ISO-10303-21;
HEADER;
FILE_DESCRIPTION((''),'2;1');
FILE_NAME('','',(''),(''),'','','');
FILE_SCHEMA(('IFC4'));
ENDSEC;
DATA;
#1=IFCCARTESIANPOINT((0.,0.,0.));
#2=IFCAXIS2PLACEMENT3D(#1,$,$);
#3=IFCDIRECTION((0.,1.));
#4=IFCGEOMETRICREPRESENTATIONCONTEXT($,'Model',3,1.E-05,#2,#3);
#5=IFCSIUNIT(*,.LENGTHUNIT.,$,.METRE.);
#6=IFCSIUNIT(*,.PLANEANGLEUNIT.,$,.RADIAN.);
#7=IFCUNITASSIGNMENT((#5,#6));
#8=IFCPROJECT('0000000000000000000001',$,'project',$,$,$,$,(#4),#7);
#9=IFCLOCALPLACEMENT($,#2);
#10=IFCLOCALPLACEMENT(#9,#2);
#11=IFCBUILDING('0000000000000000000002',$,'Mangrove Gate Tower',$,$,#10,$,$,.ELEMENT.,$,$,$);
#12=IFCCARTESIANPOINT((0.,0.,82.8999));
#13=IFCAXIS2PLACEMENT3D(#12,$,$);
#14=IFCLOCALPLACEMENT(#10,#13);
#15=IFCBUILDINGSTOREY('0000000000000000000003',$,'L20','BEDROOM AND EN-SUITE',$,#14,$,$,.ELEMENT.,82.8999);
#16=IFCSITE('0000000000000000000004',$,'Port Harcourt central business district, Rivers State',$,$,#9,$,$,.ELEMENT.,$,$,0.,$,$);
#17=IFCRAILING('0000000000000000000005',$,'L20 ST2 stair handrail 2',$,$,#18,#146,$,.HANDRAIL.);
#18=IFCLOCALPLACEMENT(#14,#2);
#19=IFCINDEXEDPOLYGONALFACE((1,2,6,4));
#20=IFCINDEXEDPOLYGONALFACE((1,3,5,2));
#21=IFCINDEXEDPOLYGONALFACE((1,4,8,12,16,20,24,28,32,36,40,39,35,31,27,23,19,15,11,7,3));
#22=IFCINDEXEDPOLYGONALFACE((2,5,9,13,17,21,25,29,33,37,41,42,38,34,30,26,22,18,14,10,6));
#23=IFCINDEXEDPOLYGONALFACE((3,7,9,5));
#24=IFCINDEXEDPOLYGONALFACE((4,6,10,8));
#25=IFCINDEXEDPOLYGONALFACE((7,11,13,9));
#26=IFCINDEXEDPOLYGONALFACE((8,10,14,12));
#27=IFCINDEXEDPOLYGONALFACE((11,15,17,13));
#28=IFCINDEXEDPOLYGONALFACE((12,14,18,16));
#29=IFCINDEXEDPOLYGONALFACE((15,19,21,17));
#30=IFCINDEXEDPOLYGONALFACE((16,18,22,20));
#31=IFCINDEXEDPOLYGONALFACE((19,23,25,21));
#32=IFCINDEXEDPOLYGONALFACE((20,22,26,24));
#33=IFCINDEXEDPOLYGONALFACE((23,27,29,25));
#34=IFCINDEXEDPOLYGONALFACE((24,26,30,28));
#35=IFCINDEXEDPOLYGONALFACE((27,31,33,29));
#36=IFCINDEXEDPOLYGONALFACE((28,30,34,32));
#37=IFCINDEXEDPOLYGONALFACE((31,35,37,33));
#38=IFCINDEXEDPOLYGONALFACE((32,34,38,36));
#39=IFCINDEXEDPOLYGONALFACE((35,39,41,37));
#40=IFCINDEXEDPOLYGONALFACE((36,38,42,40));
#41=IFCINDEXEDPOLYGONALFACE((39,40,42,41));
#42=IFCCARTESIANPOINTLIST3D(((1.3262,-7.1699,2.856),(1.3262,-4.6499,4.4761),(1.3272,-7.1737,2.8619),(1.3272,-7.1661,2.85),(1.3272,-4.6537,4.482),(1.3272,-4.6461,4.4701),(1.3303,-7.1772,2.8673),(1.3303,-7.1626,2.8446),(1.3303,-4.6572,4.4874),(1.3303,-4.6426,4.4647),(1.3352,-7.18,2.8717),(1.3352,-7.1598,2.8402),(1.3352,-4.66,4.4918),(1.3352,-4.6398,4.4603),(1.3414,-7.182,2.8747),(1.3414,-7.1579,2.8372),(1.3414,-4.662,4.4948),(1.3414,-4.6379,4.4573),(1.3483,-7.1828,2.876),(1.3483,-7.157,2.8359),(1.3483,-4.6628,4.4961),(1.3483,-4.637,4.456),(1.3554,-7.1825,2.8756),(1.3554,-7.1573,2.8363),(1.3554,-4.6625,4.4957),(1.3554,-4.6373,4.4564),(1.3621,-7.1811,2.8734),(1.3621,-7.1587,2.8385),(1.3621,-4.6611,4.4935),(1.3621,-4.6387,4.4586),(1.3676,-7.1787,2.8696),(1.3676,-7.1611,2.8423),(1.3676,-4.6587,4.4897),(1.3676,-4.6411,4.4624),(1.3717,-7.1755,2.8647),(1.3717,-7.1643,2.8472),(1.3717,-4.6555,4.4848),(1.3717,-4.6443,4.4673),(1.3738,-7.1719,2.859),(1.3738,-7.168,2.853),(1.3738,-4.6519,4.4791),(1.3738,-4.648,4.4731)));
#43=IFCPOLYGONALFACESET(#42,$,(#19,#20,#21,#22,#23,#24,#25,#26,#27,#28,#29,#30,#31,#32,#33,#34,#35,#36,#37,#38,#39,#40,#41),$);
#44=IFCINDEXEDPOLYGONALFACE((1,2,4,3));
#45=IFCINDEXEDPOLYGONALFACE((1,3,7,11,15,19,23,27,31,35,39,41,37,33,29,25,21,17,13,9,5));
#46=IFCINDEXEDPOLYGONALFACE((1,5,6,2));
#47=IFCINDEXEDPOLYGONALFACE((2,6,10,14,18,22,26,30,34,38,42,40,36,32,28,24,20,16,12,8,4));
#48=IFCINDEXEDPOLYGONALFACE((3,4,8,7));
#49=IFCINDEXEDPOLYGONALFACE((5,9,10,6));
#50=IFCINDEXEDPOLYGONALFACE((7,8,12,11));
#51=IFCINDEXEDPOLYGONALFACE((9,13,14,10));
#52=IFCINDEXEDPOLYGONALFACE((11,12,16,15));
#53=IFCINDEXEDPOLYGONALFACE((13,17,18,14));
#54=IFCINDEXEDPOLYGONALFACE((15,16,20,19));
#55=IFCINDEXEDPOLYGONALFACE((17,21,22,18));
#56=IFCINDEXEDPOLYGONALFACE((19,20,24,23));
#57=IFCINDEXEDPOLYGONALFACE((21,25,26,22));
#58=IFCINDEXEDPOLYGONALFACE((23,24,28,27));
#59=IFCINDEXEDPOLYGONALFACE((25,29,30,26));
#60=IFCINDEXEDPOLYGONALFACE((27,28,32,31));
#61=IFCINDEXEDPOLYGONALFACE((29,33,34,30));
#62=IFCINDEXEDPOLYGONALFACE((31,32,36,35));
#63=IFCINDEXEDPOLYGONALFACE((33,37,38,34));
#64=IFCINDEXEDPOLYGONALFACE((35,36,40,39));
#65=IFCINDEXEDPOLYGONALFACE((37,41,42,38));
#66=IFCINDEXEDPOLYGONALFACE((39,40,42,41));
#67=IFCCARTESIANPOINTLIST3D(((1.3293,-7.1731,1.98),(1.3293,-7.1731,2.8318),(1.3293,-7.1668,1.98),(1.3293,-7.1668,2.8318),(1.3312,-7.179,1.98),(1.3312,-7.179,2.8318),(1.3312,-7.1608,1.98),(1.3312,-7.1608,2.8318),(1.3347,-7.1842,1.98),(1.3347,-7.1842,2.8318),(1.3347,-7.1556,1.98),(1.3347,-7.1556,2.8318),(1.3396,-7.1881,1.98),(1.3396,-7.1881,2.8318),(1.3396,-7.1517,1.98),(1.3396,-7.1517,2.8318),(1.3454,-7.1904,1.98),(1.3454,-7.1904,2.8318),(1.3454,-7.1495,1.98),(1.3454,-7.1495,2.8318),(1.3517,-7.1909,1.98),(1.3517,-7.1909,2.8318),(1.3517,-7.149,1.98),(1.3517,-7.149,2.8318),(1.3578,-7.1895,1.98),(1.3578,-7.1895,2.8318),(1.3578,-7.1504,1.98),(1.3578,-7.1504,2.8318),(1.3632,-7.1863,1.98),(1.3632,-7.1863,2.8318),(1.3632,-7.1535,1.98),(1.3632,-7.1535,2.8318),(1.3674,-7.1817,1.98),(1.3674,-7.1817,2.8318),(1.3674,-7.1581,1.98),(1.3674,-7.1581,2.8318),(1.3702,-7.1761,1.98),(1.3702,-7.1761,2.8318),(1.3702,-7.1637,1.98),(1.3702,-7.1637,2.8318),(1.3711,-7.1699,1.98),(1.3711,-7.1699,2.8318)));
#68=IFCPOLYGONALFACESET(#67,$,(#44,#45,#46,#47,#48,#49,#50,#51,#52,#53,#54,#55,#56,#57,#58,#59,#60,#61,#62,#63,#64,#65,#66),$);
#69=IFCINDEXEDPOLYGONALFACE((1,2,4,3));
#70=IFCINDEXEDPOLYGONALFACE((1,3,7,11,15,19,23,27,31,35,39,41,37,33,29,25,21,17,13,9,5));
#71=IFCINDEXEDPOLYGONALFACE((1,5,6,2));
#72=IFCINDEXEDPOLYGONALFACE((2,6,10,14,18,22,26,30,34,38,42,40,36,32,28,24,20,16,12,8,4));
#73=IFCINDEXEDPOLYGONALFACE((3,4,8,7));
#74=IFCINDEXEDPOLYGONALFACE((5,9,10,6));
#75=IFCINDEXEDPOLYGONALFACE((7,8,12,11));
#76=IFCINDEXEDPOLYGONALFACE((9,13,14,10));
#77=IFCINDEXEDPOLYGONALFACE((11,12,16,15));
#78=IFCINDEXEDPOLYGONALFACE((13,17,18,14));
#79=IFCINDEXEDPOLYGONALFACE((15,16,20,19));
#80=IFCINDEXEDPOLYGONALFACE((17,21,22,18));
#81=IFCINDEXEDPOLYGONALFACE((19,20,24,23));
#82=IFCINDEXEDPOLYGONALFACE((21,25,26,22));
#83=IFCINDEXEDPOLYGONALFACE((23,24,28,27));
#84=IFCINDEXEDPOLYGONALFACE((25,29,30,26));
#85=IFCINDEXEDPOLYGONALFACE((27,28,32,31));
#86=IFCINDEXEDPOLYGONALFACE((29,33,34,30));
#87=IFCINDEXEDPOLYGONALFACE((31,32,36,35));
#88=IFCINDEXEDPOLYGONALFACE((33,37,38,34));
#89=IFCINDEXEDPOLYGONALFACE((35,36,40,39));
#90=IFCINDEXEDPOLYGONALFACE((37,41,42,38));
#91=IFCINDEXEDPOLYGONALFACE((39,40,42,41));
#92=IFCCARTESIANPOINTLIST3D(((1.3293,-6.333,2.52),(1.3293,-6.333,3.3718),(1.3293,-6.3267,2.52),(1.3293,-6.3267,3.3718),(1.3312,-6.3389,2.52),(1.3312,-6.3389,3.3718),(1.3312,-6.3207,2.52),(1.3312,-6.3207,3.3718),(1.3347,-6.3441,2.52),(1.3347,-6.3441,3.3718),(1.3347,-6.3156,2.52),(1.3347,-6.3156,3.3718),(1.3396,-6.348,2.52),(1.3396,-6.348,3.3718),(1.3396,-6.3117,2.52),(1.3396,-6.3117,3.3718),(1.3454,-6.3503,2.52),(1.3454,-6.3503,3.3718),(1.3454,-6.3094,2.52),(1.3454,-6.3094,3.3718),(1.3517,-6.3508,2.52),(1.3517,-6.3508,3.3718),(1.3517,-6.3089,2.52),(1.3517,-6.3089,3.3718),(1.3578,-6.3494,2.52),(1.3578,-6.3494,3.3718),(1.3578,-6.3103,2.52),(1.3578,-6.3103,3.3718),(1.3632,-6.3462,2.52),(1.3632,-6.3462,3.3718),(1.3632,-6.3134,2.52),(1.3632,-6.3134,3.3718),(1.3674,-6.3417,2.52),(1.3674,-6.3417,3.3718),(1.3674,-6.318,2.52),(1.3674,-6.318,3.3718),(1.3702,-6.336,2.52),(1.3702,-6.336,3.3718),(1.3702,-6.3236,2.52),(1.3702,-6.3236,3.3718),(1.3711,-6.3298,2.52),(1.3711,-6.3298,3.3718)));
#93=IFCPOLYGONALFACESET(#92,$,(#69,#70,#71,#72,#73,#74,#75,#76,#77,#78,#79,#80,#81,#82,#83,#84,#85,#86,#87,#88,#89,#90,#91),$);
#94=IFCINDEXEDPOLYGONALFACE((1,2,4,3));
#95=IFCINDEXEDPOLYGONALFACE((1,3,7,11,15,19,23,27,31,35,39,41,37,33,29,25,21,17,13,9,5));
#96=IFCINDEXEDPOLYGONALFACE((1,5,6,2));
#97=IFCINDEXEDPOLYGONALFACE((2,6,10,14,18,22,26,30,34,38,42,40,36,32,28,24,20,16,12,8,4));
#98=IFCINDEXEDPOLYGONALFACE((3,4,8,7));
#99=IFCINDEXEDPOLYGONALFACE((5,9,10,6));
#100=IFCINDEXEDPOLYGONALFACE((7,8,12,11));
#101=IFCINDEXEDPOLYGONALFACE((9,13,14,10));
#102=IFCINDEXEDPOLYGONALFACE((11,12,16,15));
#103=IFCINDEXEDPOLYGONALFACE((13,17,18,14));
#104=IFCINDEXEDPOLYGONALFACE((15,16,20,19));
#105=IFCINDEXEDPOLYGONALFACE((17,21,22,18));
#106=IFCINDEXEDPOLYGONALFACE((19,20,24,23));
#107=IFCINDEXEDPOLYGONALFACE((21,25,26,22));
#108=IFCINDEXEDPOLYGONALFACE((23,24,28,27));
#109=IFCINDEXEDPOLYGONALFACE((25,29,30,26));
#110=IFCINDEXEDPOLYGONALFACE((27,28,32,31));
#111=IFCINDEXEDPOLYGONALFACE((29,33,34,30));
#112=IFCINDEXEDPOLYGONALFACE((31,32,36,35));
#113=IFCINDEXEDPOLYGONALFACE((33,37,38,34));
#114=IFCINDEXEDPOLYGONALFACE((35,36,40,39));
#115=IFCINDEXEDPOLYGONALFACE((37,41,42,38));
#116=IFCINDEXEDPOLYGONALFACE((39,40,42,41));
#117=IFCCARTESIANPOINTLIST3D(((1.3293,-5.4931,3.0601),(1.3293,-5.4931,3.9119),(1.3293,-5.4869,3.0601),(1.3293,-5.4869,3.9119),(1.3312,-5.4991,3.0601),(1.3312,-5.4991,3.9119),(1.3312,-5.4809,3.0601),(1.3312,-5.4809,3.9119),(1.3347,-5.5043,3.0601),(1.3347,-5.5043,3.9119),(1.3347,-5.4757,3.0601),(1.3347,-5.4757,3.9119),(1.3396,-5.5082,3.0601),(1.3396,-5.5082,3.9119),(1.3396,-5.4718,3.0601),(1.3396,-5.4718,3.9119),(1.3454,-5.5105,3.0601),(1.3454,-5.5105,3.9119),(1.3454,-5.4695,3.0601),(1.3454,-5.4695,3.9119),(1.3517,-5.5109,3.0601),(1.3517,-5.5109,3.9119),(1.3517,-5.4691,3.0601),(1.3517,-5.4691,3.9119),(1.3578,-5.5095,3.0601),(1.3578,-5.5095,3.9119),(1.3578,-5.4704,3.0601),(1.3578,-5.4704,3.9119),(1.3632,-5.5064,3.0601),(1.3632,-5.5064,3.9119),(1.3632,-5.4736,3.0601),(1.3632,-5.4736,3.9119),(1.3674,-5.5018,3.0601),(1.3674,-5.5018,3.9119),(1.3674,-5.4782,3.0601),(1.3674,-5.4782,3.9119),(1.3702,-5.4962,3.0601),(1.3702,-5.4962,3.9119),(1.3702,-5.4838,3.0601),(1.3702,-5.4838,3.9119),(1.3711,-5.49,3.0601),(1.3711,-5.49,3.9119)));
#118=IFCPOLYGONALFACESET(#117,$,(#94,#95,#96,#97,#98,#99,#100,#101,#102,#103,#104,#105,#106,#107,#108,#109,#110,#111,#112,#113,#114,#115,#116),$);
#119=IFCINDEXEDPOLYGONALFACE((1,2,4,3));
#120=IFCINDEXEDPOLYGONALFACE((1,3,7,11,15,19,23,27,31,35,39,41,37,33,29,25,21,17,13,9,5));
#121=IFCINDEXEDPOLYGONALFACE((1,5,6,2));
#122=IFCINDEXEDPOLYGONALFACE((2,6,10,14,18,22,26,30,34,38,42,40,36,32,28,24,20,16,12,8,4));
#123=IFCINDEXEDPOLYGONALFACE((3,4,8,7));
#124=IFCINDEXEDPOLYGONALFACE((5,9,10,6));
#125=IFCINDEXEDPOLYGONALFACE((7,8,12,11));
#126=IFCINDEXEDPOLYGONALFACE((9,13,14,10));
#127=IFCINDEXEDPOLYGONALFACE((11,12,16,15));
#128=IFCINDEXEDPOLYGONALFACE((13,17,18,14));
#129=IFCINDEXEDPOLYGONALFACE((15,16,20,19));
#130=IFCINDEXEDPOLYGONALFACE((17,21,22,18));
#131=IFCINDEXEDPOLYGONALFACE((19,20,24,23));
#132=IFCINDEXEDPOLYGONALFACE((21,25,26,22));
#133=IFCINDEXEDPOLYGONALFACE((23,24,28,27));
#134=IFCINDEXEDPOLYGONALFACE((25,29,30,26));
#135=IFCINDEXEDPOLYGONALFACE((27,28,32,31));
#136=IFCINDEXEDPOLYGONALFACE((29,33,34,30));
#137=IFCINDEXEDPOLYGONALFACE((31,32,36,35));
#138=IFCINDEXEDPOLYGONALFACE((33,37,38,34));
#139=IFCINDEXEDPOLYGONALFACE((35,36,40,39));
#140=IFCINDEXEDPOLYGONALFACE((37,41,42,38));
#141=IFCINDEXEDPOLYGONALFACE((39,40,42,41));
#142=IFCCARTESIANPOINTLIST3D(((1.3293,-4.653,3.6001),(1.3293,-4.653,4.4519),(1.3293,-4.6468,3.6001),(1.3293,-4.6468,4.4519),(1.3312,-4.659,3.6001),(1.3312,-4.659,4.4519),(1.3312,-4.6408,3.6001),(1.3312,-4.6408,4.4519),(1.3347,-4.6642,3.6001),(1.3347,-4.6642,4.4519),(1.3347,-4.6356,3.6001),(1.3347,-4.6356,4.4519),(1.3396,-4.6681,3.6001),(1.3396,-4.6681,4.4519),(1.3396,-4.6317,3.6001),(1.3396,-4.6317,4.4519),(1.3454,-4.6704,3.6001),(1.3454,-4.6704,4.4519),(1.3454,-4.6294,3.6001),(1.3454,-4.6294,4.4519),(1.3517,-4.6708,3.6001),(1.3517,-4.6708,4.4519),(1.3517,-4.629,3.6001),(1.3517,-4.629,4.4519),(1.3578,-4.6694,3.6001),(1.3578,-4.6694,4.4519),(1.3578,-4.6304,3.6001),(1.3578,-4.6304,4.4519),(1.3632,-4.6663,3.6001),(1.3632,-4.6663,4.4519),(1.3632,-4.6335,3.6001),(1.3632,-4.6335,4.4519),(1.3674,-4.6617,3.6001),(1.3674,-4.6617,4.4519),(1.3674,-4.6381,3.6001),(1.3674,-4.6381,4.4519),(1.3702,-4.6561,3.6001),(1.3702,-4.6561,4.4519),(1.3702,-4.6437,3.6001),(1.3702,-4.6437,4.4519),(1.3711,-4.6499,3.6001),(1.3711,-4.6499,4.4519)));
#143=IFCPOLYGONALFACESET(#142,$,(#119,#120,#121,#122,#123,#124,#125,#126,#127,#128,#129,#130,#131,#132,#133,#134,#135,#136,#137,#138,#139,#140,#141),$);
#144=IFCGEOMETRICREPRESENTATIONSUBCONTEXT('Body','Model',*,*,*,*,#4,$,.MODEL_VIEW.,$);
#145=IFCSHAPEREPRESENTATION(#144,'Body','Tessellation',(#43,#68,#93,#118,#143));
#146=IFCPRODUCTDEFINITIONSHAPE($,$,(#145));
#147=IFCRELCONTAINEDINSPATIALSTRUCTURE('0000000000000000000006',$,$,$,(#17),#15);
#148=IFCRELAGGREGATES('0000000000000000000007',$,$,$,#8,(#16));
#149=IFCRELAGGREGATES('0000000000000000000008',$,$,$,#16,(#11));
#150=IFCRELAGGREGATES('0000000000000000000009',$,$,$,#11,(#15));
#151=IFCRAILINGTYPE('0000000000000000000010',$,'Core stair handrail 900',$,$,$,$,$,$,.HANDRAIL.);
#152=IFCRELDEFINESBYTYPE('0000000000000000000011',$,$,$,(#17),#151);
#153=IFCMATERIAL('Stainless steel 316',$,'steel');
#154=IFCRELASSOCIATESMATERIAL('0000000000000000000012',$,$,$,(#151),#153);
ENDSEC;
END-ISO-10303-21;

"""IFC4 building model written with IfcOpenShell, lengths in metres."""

from ifc_helpers import new_model, si_unit, direction, frame, origin, origin_2d, place, context, subcontext, project, spatial, circle, extrude, material, type_object, element, save


model = new_model("IFC4")

# Units and contexts
model_context = context("Model", 3, precision=1e-05, world=origin(), true_north=direction((0.0, 1.0)))
body_context = subcontext(model_context, "Body", "Model", "MODEL_VIEW")
ifc_project = project(units=[si_unit("LENGTHUNIT", "METRE"), si_unit("PLANEANGLEUNIT", "RADIAN")], contexts=[model_context])

# Site, building, storey
site_placement = place(None, origin())
site = spatial("IfcSite", under=ifc_project, at=site_placement, Name="Port Harcourt central business district, Rivers State", CompositionType="ELEMENT", RefElevation=0.0)
building_placement = place(site_placement, origin())
building = spatial("IfcBuilding", under=site, at=building_placement, Name="Mangrove Gate Tower", CompositionType="ELEMENT")
storey_placement = place(building_placement, frame((0.0, 0.0, 82.8999)))
storey = spatial("IfcBuildingStorey", under=building, at=storey_placement, Name="L20", Description="BEDROOM AND EN-SUITE", CompositionType="ELEMENT", Elevation=82.8999)

# Railing
ifc_material_1 = material(Name="Stainless steel 316", Category="steel")
railing_type_1 = type_object("IfcRailingType", Name="Core stair handrail 900", PredefinedType="HANDRAIL", material=ifc_material_1)
railing_1_placement = place(storey_placement, frame((1.3501, -7.1699, 1.98)))
element("IfcRailing", 1, at=railing_1_placement, inside=storey, type_object=railing_type_1, Name="L20 ST2 stair handrail 2", PredefinedType="HANDRAIL", context=body_context, shape_type="SweptSolid", body=[
    extrude(circle(Radius=0.0239, at=origin_2d()), frame((0.0, 0.0, 0.876), z_axis=(0.0, 0.841163, 0.540782), x_axis=(-1.0, 0.0, 0.0)), (0.0, 0.0, 1.0), 2.9958),
    extrude(circle(Radius=0.021, at=origin_2d()), origin(), (0.0, 0.0, 1.0), 0.8518),
    extrude(circle(Radius=0.021, at=origin_2d()), frame((0.0, 0.8401, 0.54)), (0.0, 0.0, 1.0), 0.8518),
    extrude(circle(Radius=0.021, at=origin_2d()), frame((0.0, 1.6799, 1.0801)), (0.0, 0.0, 1.0), 0.8518),
    extrude(circle(Radius=0.021, at=origin_2d()), frame((0.0, 2.52, 1.6201)), (0.0, 0.0, 1.0), 0.8518),
])

save(model, "model.ifc")
